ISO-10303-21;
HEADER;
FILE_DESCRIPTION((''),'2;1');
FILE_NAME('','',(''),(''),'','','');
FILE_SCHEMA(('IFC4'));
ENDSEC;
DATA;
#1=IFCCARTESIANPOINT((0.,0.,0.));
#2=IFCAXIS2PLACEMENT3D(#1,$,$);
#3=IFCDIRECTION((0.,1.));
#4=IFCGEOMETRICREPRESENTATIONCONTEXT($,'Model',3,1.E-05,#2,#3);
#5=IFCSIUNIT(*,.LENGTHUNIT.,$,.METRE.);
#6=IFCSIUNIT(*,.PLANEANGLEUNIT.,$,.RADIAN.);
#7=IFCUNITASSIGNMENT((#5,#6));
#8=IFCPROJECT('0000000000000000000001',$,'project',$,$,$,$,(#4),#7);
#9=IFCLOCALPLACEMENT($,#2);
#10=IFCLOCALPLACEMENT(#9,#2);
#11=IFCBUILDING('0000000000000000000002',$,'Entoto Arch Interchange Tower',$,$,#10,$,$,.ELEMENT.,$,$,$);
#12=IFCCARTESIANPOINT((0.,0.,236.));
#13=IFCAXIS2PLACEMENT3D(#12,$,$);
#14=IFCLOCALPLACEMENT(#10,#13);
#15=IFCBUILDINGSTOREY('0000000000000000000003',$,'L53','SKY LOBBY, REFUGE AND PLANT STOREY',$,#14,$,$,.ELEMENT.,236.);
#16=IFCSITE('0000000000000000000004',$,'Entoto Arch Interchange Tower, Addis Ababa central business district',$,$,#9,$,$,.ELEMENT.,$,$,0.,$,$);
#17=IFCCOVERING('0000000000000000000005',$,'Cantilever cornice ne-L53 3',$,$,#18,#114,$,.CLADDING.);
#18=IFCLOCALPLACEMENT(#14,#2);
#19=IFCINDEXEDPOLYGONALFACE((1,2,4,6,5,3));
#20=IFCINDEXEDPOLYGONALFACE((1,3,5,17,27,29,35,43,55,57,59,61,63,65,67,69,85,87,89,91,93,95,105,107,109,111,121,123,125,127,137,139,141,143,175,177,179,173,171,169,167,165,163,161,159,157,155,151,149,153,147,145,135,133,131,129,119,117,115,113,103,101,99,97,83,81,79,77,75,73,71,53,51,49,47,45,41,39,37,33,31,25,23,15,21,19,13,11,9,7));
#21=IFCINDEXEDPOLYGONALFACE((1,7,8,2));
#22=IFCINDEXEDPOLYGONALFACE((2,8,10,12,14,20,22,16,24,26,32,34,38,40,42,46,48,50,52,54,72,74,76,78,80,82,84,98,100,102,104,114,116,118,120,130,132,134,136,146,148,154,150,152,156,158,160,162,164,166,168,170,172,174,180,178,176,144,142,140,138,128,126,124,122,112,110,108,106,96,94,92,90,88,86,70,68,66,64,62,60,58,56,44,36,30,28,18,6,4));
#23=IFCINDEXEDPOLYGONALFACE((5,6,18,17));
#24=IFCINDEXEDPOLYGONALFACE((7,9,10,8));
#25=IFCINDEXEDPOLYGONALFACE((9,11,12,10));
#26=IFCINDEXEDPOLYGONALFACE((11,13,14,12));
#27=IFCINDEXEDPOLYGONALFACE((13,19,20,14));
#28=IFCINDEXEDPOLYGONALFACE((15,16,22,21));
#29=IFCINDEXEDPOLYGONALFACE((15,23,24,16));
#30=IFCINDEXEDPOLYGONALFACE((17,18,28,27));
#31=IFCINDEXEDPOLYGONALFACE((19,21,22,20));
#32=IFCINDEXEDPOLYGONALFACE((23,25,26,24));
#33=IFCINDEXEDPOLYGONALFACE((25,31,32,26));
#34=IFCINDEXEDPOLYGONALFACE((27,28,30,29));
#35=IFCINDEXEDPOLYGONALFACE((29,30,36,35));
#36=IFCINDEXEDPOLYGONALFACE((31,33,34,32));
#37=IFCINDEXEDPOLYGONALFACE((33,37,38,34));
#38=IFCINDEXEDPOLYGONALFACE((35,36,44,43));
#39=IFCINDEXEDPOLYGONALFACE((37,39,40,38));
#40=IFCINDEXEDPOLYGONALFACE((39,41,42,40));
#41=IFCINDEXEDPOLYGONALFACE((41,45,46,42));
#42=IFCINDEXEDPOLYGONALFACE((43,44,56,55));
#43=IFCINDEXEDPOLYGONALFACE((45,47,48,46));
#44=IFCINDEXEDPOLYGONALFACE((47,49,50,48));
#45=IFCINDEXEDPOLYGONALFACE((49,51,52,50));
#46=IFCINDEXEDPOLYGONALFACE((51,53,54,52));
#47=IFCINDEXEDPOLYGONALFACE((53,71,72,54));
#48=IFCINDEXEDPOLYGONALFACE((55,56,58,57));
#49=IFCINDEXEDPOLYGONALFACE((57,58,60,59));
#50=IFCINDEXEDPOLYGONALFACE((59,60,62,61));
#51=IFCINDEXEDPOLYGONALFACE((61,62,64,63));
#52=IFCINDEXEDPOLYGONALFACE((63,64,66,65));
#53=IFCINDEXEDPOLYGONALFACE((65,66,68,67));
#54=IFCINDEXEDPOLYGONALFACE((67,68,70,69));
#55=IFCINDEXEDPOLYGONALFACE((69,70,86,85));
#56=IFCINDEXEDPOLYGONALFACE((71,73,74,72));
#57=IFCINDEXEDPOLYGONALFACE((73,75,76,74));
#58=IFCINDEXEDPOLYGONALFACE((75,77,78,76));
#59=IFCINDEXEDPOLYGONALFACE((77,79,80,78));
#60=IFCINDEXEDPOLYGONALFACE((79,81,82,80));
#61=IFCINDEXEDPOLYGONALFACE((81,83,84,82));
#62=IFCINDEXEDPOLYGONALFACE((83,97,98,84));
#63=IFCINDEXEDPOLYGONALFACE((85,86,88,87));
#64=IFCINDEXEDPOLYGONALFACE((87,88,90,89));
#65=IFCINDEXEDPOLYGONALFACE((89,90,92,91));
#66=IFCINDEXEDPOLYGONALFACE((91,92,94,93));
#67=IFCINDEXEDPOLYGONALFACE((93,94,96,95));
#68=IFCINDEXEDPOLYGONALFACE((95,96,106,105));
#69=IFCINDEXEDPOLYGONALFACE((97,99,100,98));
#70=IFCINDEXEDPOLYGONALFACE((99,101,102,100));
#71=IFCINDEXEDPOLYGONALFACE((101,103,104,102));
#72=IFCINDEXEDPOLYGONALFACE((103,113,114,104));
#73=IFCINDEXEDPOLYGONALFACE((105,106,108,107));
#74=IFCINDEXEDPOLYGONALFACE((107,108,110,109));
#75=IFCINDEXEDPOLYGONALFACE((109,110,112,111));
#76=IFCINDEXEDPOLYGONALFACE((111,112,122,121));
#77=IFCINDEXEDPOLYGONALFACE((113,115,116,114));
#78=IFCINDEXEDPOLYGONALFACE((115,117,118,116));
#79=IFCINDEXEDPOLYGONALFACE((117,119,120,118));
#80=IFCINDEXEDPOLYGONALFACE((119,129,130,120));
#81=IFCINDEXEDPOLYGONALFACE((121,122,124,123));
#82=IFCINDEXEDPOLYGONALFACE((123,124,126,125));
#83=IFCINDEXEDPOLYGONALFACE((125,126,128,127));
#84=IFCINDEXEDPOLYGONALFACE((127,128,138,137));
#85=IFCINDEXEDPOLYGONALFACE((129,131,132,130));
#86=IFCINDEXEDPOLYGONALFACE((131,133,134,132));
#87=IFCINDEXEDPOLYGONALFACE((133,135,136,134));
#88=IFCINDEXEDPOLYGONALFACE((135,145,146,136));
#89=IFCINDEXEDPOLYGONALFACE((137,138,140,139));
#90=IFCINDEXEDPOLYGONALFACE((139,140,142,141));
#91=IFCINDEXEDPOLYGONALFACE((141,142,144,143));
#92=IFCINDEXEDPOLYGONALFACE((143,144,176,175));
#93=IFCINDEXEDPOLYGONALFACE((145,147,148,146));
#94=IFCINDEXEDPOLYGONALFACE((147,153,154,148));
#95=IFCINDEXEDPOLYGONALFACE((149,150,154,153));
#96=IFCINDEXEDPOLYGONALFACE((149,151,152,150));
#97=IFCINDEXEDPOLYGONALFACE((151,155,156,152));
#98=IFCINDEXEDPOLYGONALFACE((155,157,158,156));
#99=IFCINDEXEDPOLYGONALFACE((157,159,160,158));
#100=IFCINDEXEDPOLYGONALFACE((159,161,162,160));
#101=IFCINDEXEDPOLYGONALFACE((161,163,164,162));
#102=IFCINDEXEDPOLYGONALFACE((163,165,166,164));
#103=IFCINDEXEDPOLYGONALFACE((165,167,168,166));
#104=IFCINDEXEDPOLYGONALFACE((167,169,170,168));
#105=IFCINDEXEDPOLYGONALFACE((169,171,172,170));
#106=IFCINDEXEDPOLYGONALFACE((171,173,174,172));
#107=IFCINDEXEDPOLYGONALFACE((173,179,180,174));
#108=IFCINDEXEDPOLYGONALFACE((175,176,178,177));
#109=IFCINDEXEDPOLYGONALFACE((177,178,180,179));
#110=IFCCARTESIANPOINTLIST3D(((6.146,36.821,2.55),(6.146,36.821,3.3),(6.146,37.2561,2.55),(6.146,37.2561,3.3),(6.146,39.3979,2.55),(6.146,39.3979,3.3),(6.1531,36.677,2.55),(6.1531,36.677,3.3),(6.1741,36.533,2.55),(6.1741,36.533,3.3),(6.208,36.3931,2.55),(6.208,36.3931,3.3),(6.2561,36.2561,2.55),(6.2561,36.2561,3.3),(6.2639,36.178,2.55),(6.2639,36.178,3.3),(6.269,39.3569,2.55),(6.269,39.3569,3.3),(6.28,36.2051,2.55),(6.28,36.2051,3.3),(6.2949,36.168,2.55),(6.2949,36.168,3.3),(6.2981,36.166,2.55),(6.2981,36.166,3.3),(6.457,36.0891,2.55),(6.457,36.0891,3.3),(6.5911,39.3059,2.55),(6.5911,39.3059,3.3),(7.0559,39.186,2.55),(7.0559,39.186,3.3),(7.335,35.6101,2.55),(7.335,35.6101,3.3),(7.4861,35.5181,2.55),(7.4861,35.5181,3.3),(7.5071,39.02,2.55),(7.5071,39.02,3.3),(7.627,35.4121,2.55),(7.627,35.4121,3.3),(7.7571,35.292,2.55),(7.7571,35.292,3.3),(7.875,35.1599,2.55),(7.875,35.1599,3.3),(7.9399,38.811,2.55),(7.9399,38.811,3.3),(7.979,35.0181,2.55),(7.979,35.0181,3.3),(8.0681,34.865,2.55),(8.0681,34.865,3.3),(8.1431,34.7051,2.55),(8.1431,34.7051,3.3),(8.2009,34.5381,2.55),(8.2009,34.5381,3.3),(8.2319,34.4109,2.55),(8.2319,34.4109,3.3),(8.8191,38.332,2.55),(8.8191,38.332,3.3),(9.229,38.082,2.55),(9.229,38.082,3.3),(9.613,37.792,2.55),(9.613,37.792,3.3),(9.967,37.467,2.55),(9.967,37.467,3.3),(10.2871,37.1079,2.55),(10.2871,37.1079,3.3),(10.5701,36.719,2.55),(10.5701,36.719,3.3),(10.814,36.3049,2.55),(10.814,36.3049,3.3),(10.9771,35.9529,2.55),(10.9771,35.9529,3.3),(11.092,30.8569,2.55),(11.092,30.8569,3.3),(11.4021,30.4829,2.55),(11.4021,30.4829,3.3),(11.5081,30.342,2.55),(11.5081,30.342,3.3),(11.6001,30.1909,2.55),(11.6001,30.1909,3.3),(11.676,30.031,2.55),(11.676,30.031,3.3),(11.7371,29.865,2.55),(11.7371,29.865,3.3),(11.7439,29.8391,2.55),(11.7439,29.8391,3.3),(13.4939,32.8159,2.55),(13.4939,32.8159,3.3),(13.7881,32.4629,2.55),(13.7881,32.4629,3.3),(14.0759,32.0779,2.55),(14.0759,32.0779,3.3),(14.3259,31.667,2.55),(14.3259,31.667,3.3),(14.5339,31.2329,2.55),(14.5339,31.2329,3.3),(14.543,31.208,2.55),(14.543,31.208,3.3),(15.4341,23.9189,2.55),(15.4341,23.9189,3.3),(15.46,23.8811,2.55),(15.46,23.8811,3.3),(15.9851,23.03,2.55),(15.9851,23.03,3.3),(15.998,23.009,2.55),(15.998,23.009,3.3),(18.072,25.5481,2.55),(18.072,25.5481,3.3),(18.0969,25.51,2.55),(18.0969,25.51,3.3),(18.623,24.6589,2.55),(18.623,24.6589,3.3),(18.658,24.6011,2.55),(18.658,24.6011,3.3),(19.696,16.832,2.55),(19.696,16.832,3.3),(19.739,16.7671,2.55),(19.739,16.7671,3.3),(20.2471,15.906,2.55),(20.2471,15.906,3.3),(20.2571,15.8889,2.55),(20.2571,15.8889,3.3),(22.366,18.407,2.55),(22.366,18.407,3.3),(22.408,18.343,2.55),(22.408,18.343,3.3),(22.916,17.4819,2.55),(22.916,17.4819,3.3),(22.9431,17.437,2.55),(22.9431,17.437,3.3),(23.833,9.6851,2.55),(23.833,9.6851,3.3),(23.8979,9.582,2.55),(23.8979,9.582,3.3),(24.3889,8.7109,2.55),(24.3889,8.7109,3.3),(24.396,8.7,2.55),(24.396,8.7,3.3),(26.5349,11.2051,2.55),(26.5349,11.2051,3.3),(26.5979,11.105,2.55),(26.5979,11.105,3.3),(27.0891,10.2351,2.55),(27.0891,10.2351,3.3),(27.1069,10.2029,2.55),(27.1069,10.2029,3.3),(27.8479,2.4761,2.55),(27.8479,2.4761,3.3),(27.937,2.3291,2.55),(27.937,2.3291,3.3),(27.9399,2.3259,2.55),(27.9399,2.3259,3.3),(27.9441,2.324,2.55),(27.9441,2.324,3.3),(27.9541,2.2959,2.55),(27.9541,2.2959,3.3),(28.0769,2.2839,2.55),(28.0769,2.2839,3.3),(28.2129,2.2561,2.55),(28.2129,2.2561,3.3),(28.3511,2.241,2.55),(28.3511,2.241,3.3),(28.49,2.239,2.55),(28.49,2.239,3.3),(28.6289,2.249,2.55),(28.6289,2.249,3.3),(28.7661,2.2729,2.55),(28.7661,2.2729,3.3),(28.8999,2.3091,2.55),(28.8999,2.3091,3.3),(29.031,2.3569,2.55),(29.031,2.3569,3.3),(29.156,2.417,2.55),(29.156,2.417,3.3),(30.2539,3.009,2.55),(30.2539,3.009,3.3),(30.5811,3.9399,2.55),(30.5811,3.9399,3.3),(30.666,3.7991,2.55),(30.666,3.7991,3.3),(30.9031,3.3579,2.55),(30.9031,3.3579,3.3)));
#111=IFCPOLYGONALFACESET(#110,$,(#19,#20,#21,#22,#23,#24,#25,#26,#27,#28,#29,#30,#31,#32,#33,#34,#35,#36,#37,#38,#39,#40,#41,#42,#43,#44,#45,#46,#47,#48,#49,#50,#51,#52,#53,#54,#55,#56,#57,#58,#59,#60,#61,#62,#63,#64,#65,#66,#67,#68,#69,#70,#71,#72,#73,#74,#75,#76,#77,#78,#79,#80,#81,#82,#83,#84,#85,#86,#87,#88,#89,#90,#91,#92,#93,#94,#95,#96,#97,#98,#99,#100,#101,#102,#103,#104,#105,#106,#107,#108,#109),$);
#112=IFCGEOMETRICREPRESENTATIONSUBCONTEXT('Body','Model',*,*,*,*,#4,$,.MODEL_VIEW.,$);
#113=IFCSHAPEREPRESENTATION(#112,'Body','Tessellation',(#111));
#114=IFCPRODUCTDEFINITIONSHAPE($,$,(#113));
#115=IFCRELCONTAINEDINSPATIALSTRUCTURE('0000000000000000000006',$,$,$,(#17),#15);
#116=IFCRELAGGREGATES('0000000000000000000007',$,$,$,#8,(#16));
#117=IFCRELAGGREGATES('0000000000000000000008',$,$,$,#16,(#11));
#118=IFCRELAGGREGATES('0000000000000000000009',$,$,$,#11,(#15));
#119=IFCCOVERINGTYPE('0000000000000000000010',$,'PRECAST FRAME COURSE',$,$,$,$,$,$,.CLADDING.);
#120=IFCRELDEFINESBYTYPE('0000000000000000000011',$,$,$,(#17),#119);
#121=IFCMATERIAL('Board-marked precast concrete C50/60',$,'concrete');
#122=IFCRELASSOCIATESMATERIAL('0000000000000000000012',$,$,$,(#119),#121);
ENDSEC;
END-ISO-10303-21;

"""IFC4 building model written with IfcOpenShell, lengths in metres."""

from ifc_helpers import new_model, si_unit, direction, frame, origin, place, context, subcontext, project, spatial, polyline, outline, extrude, material, type_object, element, save


model = new_model("IFC4")

# Units and contexts
model_context = context("Model", 3, precision=1e-05, world=origin(), true_north=direction((0.0, 1.0)))
body_context = subcontext(model_context, "Body", "Model", "MODEL_VIEW")
ifc_project = project(units=[si_unit("LENGTHUNIT", "METRE"), si_unit("PLANEANGLEUNIT", "RADIAN")], contexts=[model_context])

# Site, building, storey
site_placement = place(None, origin())
site = spatial("IfcSite", under=ifc_project, at=site_placement, Name="Entoto Arch Interchange Tower, Addis Ababa central business district", CompositionType="ELEMENT", RefElevation=0.0)
building_placement = place(site_placement, origin())
building = spatial("IfcBuilding", under=site, at=building_placement, Name="Entoto Arch Interchange Tower", CompositionType="ELEMENT")
storey_placement = place(building_placement, frame((0.0, 0.0, 236.0)))
storey = spatial("IfcBuildingStorey", under=building, at=storey_placement, Name="L53", Description="SKY LOBBY, REFUGE AND PLANT STOREY", CompositionType="ELEMENT", Elevation=236.0)

# Covering
ifc_material_1 = material(Name="Board-marked precast concrete C50/60", Category="concrete")
covering_type = type_object("IfcCoveringType", Name="PRECAST FRAME COURSE", PredefinedType="CLADDING", material=ifc_material_1)
covering_1_placement = place(storey_placement, frame((0.0, 0.0, 2.55)))
element("IfcCovering", 1, at=covering_1_placement, inside=storey, type_object=covering_type, Name="Cantilever cornice ne-L53 3", PredefinedType="CLADDING", context=body_context, shape_type="SweptSolid", body=[
    extrude(outline(polyline([(6.2561, 36.2561), (6.208, 36.3931), (6.1741, 36.533), (6.1531, 36.677), (6.146, 36.821), (6.146, 37.2561), (6.146, 39.3979), (6.269, 39.3569), (6.5911, 39.3059), (7.0559, 39.186), (7.5071, 39.02), (7.9399, 38.811), (8.8191, 38.332), (9.229, 38.082), (9.613, 37.792), (9.967, 37.467), (10.2871, 37.1079), (10.5701, 36.719), (10.814, 36.3049), (10.9771, 35.9529), (13.4939, 32.8159), (13.7881, 32.4629), (14.0759, 32.0779), (14.3259, 31.667), (14.5339, 31.2329), (14.543, 31.208), (18.072, 25.5481), (18.0969, 25.51), (18.623, 24.6589), (18.658, 24.6011), (22.366, 18.407), (22.408, 18.343), (22.916, 17.4819), (22.9431, 17.437), (26.5349, 11.2051), (26.5979, 11.105), (27.0891, 10.2351), (27.1069, 10.2029), (30.5811, 3.9399), (30.666, 3.7991), (30.9031, 3.3579), (30.2539, 3.009), (29.156, 2.417), (29.031, 2.3569), (28.8999, 2.3091), (28.7661, 2.2729), (28.6289, 2.249), (28.49, 2.239), (28.3511, 2.241), (28.2129, 2.2561), (28.0769, 2.2839), (27.9441, 2.324), (27.9399, 2.3259), (27.9541, 2.2959), (27.937, 2.3291), (27.8479, 2.4761), (24.396, 8.7), (24.3889, 8.7109), (23.8979, 9.582), (23.833, 9.6851), (20.2571, 15.8889), (20.2471, 15.906), (19.739, 16.7671), (19.696, 16.832), (15.998, 23.009), (15.9851, 23.03), (15.46, 23.8811), (15.4341, 23.9189), (11.7439, 29.8391), (11.7371, 29.865), (11.676, 30.031), (11.6001, 30.1909), (11.5081, 30.342), (11.4021, 30.4829), (11.092, 30.8569), (8.2319, 34.4109), (8.2009, 34.5381), (8.1431, 34.7051), (8.0681, 34.865), (7.979, 35.0181), (7.875, 35.1599), (7.7571, 35.292), (7.627, 35.4121), (7.4861, 35.5181), (7.335, 35.6101), (6.457, 36.0891), (6.2981, 36.166), (6.2639, 36.178), (6.2949, 36.168), (6.28, 36.2051), (6.2561, 36.2561)])), origin(), (0.0, 0.0, 1.0), 0.75),
])

save(model, "model.ifc")
